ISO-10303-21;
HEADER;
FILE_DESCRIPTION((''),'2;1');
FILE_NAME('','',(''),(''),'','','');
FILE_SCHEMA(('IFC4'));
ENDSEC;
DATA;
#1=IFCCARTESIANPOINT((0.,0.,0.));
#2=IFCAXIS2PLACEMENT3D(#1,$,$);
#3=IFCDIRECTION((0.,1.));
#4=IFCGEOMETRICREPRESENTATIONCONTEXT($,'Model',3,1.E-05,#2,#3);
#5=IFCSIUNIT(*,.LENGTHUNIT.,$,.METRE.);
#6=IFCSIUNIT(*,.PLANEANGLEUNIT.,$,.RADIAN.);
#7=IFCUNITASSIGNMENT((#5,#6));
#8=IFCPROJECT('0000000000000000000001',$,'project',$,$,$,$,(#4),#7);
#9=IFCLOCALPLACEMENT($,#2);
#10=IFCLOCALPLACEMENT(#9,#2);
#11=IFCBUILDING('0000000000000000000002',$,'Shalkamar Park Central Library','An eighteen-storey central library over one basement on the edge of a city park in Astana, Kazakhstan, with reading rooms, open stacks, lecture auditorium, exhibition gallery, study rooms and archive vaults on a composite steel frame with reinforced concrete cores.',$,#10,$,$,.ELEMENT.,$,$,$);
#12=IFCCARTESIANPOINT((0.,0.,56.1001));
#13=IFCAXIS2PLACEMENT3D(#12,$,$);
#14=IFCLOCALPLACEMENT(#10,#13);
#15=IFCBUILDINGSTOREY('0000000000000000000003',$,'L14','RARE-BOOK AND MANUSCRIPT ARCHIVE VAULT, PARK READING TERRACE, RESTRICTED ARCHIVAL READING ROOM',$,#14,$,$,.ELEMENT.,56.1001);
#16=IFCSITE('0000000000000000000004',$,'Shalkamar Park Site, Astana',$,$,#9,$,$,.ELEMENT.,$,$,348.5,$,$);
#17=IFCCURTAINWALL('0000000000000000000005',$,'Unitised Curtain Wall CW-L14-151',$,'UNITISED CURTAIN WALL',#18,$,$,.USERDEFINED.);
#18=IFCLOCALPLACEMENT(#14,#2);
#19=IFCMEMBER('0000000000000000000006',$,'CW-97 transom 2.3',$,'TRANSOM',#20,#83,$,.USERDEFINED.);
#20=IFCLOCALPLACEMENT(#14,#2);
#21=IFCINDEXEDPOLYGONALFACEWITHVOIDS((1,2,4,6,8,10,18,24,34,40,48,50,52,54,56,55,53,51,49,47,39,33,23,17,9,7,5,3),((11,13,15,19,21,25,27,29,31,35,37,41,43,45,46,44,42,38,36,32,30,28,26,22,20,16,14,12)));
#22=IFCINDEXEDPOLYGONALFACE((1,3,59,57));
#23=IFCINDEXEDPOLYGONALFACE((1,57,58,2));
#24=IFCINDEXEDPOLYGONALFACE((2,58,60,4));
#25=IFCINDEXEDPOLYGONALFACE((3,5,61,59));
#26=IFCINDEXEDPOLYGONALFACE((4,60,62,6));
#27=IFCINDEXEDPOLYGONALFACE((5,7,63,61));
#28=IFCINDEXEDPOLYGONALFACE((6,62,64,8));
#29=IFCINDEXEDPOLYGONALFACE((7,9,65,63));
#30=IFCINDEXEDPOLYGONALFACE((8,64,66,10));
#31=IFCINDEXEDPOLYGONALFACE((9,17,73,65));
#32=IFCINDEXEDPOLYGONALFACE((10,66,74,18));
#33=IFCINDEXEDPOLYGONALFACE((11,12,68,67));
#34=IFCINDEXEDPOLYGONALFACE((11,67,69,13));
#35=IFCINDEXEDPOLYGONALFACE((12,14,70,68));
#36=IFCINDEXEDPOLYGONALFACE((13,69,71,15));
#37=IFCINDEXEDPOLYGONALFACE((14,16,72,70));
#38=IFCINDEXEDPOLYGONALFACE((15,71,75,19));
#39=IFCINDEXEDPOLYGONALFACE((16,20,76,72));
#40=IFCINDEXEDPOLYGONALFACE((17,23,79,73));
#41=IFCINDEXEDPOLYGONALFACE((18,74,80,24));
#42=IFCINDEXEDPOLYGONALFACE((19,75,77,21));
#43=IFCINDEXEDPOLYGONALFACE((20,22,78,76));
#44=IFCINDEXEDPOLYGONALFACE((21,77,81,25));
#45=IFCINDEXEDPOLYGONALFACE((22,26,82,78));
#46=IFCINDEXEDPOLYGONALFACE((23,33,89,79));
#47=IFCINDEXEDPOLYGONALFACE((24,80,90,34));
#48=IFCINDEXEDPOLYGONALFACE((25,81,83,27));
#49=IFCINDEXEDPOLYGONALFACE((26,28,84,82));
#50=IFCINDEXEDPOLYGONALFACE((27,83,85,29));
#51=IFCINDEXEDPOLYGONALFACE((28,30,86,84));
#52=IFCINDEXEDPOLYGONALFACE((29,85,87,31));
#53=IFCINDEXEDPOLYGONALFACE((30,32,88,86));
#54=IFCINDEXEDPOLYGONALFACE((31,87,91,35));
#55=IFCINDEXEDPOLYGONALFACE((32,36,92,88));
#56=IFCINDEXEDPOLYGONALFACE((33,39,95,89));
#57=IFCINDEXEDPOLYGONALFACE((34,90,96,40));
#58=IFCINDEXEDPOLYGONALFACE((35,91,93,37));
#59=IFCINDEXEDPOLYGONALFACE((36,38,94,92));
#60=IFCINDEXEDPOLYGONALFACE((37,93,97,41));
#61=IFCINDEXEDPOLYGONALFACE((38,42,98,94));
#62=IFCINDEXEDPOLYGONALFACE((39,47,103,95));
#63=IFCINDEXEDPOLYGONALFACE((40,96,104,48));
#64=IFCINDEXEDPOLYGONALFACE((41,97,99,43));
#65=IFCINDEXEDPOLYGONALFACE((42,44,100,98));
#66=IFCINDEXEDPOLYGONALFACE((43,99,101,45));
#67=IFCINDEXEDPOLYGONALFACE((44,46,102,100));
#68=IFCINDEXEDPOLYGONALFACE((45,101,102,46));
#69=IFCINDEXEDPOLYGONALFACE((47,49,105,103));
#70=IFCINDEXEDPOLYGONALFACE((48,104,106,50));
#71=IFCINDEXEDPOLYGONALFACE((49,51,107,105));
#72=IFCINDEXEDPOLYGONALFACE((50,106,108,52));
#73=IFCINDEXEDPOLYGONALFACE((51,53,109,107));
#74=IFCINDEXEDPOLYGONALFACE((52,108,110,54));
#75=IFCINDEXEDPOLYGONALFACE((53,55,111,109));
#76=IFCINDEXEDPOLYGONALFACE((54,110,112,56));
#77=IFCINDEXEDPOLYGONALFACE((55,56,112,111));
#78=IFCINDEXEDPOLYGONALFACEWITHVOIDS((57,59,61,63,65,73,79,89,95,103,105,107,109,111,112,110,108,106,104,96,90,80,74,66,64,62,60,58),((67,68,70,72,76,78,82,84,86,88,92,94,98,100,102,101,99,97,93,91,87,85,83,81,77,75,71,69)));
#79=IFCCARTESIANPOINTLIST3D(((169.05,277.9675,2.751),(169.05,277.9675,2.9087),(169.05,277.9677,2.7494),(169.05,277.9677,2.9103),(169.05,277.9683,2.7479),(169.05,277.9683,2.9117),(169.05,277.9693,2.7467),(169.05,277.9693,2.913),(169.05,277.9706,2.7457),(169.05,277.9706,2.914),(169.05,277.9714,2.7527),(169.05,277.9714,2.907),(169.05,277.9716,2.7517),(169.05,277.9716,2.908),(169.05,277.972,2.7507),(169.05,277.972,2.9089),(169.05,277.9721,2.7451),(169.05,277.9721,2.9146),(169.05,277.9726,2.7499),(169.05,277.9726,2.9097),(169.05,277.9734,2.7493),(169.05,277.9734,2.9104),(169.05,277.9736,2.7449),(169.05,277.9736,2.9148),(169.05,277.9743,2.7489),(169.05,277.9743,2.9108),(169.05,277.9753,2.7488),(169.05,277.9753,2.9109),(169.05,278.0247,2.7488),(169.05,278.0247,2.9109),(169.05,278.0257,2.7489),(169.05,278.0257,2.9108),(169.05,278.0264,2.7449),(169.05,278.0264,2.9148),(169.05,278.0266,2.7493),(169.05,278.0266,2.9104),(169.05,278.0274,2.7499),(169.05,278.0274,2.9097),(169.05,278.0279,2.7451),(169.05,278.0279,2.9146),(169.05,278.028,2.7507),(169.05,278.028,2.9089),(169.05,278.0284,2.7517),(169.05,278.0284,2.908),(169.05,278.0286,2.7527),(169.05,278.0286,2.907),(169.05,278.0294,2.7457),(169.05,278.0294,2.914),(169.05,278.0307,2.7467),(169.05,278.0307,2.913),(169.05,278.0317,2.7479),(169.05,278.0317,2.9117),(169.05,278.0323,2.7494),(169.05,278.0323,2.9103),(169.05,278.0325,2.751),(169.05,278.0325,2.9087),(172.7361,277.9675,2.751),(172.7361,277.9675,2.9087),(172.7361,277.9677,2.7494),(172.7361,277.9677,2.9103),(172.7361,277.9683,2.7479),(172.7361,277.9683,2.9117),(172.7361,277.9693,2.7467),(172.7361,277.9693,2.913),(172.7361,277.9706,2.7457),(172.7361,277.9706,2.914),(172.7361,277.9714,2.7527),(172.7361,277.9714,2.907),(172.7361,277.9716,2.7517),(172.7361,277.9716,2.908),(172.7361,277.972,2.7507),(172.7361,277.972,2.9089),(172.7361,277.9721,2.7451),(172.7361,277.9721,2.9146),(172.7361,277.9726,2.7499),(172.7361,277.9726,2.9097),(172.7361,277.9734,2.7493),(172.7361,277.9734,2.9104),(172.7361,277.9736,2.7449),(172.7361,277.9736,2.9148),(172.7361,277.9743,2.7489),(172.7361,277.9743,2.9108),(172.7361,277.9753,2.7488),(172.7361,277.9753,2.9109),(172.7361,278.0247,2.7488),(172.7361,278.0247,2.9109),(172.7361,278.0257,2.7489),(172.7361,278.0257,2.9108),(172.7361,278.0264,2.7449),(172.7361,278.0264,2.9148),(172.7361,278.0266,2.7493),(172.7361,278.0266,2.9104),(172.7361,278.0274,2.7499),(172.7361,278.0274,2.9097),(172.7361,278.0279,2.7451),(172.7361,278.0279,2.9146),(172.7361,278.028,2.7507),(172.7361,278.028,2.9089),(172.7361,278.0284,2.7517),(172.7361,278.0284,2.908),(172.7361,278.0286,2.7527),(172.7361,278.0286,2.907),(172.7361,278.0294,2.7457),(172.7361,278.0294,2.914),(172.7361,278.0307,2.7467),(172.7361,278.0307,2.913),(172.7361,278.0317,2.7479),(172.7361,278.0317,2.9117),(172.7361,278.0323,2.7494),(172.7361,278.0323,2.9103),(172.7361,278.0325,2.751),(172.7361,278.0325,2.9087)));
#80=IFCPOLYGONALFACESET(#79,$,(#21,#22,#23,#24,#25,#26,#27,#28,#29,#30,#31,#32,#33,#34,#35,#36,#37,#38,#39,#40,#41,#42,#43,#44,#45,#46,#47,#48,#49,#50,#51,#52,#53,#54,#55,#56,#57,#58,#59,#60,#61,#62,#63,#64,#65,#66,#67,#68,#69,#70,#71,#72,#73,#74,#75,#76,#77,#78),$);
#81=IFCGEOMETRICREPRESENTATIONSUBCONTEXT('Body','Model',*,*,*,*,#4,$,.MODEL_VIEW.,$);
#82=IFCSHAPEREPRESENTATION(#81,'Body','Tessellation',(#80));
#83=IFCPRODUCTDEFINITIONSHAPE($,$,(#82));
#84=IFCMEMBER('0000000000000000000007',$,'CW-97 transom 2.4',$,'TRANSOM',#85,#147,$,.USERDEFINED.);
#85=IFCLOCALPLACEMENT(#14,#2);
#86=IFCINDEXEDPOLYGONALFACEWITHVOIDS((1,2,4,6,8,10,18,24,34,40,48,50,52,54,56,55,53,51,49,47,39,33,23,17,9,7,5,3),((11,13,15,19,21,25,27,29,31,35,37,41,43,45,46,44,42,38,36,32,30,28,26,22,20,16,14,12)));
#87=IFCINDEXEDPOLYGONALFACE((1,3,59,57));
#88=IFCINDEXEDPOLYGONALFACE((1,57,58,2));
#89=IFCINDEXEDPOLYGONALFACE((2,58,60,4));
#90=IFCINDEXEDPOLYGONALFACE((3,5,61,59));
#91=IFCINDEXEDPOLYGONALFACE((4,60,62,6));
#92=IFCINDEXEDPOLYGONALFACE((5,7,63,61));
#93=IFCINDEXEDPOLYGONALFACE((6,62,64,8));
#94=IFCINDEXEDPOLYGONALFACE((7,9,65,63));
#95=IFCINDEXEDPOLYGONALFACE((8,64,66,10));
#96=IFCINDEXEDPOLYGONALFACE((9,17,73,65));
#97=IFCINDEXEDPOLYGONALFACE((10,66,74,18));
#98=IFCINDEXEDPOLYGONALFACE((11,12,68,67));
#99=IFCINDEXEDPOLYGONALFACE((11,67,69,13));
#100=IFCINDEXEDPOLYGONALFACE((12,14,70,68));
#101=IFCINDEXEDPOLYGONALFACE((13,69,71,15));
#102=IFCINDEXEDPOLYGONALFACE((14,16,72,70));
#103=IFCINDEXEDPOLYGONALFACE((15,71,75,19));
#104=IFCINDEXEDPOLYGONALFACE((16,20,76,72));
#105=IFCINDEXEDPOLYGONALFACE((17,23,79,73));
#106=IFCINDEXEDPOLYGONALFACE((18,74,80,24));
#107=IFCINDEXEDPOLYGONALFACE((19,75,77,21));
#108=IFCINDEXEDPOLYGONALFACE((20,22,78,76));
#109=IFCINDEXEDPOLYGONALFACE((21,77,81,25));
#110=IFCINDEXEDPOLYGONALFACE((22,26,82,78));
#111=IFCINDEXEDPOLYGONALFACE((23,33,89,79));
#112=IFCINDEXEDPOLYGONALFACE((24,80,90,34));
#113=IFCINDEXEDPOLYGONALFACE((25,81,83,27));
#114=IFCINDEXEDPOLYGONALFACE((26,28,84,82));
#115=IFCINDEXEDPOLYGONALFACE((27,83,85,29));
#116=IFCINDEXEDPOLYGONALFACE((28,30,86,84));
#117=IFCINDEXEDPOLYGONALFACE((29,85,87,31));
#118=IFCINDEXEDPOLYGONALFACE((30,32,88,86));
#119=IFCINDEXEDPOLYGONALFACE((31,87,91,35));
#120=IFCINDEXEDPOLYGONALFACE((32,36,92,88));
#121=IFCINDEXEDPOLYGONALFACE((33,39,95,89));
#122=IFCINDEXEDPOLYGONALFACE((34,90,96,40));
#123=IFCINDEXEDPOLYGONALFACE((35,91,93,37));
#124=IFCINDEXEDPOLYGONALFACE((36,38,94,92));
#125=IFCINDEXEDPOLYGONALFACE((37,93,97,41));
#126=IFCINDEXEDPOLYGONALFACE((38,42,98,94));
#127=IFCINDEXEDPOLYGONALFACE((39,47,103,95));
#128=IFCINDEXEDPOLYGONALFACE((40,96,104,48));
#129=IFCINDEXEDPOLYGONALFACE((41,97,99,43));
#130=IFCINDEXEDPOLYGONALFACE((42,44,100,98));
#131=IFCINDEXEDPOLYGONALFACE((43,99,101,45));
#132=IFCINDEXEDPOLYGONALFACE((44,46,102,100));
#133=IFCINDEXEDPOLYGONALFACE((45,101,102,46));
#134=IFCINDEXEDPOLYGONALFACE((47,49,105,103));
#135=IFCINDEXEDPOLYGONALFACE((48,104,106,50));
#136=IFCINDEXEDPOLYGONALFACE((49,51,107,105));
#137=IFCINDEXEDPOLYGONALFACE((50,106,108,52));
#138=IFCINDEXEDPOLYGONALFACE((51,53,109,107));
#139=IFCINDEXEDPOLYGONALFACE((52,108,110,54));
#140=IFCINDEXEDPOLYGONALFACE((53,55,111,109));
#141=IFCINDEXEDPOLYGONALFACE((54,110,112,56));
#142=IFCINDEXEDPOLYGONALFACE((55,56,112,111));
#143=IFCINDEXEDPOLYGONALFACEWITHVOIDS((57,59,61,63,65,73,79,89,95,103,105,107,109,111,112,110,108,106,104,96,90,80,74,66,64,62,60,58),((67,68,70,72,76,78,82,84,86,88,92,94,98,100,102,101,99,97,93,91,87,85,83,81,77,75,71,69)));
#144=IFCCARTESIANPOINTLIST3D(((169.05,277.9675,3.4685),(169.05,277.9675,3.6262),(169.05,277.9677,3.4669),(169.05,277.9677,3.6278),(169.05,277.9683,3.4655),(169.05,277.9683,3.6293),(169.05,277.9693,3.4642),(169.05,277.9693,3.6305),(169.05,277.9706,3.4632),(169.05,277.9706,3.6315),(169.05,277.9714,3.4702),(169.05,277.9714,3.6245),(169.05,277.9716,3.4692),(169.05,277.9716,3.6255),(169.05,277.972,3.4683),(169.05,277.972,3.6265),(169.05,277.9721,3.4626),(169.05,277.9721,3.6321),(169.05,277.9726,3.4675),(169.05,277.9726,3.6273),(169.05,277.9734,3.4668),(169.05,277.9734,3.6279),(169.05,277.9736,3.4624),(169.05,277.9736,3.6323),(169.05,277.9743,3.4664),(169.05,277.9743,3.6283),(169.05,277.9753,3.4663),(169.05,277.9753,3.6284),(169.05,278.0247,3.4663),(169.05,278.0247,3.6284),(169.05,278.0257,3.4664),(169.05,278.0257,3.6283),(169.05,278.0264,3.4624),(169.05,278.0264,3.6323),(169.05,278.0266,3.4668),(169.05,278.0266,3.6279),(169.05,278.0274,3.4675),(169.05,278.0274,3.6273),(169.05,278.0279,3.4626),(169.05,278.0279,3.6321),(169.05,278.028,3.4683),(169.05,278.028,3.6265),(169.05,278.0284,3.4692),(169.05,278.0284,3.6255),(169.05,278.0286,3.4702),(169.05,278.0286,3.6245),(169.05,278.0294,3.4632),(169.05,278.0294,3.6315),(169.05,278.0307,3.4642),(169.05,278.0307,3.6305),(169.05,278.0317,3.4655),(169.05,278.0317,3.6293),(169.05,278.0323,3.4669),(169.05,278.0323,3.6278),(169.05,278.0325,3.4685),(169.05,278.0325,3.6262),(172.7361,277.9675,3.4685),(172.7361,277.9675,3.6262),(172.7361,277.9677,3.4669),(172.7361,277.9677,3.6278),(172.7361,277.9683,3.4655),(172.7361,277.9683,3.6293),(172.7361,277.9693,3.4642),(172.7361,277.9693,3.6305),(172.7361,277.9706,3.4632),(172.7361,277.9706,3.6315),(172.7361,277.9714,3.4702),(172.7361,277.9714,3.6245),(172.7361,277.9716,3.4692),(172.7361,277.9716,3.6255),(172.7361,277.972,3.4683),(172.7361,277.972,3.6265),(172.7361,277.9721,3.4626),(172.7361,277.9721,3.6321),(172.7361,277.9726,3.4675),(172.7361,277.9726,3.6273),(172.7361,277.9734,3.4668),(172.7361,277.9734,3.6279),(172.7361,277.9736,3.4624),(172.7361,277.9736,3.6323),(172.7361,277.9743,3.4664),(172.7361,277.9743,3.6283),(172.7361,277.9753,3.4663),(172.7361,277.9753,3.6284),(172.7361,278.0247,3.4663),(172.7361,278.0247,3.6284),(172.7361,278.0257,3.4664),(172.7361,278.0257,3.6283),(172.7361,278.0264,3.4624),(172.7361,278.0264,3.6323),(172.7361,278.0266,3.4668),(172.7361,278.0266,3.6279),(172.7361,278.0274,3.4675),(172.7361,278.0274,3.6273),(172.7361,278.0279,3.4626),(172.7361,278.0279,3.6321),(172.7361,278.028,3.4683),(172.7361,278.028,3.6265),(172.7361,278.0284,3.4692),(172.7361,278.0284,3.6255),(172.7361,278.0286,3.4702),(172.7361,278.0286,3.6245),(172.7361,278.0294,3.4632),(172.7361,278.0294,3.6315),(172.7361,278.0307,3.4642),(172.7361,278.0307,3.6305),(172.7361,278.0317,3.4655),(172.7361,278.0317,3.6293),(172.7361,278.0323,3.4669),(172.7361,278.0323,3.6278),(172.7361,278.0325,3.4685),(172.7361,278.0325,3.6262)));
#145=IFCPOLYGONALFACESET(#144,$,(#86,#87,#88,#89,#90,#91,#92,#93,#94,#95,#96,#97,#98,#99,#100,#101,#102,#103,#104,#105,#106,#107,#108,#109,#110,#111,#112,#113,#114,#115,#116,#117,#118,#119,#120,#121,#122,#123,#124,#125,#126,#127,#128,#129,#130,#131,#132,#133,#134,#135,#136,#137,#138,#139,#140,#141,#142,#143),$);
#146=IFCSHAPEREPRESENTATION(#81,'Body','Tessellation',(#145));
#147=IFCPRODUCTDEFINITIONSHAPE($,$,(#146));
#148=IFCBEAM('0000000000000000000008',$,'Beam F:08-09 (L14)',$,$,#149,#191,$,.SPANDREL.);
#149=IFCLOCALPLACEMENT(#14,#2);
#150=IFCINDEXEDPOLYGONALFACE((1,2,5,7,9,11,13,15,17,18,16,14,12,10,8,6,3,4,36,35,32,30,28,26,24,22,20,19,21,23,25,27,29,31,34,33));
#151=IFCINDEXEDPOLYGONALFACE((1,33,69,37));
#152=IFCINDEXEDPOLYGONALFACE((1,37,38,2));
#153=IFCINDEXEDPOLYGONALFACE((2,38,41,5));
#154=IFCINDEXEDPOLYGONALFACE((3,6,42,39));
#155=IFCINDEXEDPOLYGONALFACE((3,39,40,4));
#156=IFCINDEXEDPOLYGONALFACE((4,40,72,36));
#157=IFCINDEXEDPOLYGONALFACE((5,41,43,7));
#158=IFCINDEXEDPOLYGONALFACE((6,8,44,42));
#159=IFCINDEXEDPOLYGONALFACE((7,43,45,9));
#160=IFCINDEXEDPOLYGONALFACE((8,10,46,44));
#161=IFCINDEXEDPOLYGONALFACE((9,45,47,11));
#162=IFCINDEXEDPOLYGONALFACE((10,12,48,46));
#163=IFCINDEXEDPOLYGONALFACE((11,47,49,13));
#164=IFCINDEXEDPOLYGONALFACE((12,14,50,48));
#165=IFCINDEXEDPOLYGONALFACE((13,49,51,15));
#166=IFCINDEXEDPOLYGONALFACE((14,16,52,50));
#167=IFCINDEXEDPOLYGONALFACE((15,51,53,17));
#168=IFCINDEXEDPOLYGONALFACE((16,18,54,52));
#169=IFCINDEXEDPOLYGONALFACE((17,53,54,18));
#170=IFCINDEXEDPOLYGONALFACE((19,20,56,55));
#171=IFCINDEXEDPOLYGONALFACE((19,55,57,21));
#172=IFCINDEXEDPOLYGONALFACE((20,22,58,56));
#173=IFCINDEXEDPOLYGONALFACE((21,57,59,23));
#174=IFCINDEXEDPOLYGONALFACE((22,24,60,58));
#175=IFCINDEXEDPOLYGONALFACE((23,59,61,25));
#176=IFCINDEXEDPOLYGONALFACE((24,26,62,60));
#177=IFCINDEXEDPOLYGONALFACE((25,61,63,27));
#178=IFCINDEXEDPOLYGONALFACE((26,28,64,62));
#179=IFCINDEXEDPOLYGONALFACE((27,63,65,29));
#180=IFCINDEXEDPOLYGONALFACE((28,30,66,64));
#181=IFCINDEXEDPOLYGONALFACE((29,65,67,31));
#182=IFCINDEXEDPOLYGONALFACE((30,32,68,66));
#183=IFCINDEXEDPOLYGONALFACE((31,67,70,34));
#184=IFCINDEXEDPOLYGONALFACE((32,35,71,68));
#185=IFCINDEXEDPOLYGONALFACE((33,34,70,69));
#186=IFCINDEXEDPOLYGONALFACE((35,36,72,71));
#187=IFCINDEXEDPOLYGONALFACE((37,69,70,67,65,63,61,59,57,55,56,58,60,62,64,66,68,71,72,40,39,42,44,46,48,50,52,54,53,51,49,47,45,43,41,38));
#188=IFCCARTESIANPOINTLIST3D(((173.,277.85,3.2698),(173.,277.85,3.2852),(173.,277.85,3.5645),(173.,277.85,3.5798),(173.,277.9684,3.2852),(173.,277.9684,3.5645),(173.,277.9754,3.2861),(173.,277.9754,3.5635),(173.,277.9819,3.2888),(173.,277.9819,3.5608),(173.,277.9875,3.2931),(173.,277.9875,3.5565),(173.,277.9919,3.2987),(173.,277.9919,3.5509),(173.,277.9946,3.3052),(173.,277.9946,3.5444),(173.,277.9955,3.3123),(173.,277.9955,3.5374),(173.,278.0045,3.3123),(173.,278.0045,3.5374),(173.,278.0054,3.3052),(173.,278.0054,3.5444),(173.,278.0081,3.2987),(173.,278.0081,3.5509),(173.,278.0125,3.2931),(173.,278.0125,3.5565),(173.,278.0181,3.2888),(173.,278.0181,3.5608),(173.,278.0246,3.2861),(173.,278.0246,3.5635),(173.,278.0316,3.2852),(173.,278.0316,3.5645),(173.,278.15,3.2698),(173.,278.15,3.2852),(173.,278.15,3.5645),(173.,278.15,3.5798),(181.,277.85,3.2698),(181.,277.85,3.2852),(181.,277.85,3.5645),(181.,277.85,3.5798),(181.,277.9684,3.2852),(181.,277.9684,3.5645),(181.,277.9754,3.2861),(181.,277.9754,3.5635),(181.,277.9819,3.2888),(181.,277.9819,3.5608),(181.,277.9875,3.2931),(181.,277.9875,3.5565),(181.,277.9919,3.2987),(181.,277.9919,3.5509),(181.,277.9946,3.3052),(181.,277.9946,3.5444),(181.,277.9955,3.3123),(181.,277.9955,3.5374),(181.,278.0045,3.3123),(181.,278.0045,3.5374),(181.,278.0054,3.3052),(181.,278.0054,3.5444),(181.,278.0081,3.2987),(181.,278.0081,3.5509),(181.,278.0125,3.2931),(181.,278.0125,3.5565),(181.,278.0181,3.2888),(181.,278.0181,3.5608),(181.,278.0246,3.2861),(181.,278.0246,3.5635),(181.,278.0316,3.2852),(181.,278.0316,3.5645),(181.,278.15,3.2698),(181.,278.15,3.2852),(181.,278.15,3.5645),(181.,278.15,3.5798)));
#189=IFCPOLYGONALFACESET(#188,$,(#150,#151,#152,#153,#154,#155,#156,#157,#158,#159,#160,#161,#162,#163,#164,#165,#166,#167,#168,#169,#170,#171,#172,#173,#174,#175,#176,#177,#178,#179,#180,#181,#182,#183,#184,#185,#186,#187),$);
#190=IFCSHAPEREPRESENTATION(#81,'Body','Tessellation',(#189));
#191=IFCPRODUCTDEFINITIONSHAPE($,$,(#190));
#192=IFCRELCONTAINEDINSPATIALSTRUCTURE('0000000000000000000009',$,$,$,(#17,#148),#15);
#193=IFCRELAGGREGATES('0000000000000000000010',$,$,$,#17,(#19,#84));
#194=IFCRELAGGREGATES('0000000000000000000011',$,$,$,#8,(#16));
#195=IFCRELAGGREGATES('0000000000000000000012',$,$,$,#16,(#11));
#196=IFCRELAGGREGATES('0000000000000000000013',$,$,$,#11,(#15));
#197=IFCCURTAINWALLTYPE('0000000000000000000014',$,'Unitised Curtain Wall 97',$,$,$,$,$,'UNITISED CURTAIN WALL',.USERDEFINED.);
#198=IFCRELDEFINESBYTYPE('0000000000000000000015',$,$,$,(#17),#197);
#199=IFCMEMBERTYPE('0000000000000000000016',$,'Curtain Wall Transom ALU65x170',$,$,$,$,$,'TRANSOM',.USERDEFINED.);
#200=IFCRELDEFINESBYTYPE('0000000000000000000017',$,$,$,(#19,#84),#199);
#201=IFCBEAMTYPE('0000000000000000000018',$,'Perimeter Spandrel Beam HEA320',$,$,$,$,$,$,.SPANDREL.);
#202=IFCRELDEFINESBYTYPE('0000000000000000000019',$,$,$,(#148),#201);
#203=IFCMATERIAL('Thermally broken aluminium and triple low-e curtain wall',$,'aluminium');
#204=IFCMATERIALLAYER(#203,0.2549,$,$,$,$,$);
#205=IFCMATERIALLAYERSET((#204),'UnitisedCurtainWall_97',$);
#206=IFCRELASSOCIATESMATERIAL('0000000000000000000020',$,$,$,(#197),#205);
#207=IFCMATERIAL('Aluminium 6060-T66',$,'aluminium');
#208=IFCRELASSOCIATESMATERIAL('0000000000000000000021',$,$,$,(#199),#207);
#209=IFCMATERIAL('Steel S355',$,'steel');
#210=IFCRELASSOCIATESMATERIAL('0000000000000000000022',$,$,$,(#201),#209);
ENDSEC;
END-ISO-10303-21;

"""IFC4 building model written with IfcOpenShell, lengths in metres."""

from ifc_helpers import new_model, si_unit, direction, frame, origin, origin_2d, place, context, subcontext, project, spatial, hollow_rectangle, i_section, extrude, material, layer, layer_set, material_profile, profile_set, type_object, element, aggregate, save


model = new_model("IFC4")

# Units and contexts
model_context = context("Model", 3, precision=1e-05, world=origin(), true_north=direction((0.0, 1.0)))
body_context = subcontext(model_context, "Body", "Model", "MODEL_VIEW")
ifc_project = project(units=[si_unit("LENGTHUNIT", "METRE"), si_unit("PLANEANGLEUNIT", "RADIAN")], contexts=[model_context])

# Site, building, storey
site_placement = place(None, origin())
site = spatial("IfcSite", under=ifc_project, at=site_placement, Name="Shalkamar Park Site, Astana", CompositionType="ELEMENT", RefElevation=348.5)
building_placement = place(site_placement, origin())
building = spatial("IfcBuilding", under=site, at=building_placement, Name="Shalkamar Park Central Library", Description="An eighteen-storey central library over one basement on the edge of a city park in Astana, Kazakhstan, with reading rooms, open stacks, lecture auditorium, exhibition gallery, study rooms and archive vaults on a composite steel frame with reinforced concrete cores.", CompositionType="ELEMENT")
storey_placement = place(building_placement, frame((0.0, 0.0, 56.1001)))
storey = spatial("IfcBuildingStorey", under=building, at=storey_placement, Name="L14", Description="RARE-BOOK AND MANUSCRIPT ARCHIVE VAULT, PARK READING TERRACE, RESTRICTED ARCHIVAL READING ROOM", CompositionType="ELEMENT", Elevation=56.1001)

# Shared definitions
ifc_material_1 = material(Name="Steel S355", Category="steel")

# Curtain wall
ifc_material_2 = material(Name="Thermally broken aluminium and triple low-e curtain wall", Category="aluminium")
ifc_layer_1 = layer(ifc_material_2, 0.2549)
ifc_layer_set_1 = layer_set([ifc_layer_1], Name="UnitisedCurtainWall_97")
curtain_wall_type_1 = type_object("IfcCurtainWallType", Name="Unitised Curtain Wall 97", ElementType="UNITISED CURTAIN WALL", PredefinedType="USERDEFINED", material=ifc_layer_set_1)
curtain_wall_1_placement = place(storey_placement, origin())
curtain_wall_1 = element("IfcCurtainWall", 1, at=curtain_wall_1_placement, inside=storey, type_object=curtain_wall_type_1, Name="Unitised Curtain Wall CW-L14-151", ObjectType="UNITISED CURTAIN WALL", PredefinedType="USERDEFINED")
ifc_material_3 = material(Name="Aluminium 6060-T66", Category="aluminium")

# Members
ifc_material_profile_1 = material_profile(ifc_material_3, hollow_rectangle(XDim=0.0649, YDim=0.1699, WallThickness=0.0039, InnerFilletRadius=0.0039, OuterFilletRadius=0.0061, at=origin_2d()), Name="ALU 65x170x4")
ifc_profile_set_1 = profile_set([ifc_material_profile_1], Name="Aluminium 6060-T66")
member_type_1 = type_object("IfcMemberType", Name="Curtain Wall Transom ALU65x170", ElementType="TRANSOM", PredefinedType="USERDEFINED", material=ifc_profile_set_1)
member_1_placement = place(storey_placement, frame((169.05, 278.0, 2.8298), z_axis=(1.0, 0.0, 0.0), x_axis=(0.0, 1.0, 0.0)))
member_1 = element("IfcMember", 2, at=member_1_placement, type_object=member_type_1, Name="CW-97 transom 2.3", ObjectType="TRANSOM", PredefinedType="USERDEFINED", context=body_context, shape_type="SweptSolid", body=[
    extrude(hollow_rectangle(XDim=0.0649, YDim=0.1699, WallThickness=0.0039, InnerFilletRadius=0.0039, OuterFilletRadius=0.0061, at=origin_2d()), origin(), (0.0, 0.0, 1.0), 3.686),
])
member_2_placement = place(storey_placement, frame((169.05, 278.0, 3.5474), z_axis=(1.0, 0.0, 0.0), x_axis=(0.0, 1.0, 0.0)))
member_2 = element("IfcMember", 3, at=member_2_placement, type_object=member_type_1, Name="CW-97 transom 2.4", ObjectType="TRANSOM", PredefinedType="USERDEFINED", context=body_context, shape_type="SweptSolid", body=[
    extrude(hollow_rectangle(XDim=0.0649, YDim=0.1699, WallThickness=0.0039, InnerFilletRadius=0.0039, OuterFilletRadius=0.0061, at=origin_2d()), origin(), (0.0, 0.0, 1.0), 3.686),
])

# Beam
ifc_material_profile_2 = material_profile(ifc_material_1, i_section(OverallWidth=0.3, OverallDepth=0.3101, WebThickness=0.009, FlangeThickness=0.0154, FilletRadius=0.0271, at=origin_2d()), Name="HEA 320")
ifc_profile_set_2 = profile_set([ifc_material_profile_2], Name="Steel S355")
beam_type = type_object("IfcBeamType", Name="Perimeter Spandrel Beam HEA320", PredefinedType="SPANDREL", material=ifc_profile_set_2)
beam_placement = place(storey_placement, frame((173.0, 278.0, 3.4248), z_axis=(1.0, 0.0, 0.0), x_axis=(0.0, 1.0, 0.0)))
element("IfcBeam", 4, at=beam_placement, inside=storey, type_object=beam_type, Name="Beam F:08-09 (L14)", PredefinedType="SPANDREL", context=body_context, shape_type="SweptSolid", body=[
    extrude(i_section(OverallWidth=0.3, OverallDepth=0.3101, WebThickness=0.009, FlangeThickness=0.0154, FilletRadius=0.0271, at=origin_2d()), origin(), (0.0, 0.0, 1.0), 8.0),
])

aggregate(curtain_wall_1, [member_1, member_2])

save(model, "model.ifc")
